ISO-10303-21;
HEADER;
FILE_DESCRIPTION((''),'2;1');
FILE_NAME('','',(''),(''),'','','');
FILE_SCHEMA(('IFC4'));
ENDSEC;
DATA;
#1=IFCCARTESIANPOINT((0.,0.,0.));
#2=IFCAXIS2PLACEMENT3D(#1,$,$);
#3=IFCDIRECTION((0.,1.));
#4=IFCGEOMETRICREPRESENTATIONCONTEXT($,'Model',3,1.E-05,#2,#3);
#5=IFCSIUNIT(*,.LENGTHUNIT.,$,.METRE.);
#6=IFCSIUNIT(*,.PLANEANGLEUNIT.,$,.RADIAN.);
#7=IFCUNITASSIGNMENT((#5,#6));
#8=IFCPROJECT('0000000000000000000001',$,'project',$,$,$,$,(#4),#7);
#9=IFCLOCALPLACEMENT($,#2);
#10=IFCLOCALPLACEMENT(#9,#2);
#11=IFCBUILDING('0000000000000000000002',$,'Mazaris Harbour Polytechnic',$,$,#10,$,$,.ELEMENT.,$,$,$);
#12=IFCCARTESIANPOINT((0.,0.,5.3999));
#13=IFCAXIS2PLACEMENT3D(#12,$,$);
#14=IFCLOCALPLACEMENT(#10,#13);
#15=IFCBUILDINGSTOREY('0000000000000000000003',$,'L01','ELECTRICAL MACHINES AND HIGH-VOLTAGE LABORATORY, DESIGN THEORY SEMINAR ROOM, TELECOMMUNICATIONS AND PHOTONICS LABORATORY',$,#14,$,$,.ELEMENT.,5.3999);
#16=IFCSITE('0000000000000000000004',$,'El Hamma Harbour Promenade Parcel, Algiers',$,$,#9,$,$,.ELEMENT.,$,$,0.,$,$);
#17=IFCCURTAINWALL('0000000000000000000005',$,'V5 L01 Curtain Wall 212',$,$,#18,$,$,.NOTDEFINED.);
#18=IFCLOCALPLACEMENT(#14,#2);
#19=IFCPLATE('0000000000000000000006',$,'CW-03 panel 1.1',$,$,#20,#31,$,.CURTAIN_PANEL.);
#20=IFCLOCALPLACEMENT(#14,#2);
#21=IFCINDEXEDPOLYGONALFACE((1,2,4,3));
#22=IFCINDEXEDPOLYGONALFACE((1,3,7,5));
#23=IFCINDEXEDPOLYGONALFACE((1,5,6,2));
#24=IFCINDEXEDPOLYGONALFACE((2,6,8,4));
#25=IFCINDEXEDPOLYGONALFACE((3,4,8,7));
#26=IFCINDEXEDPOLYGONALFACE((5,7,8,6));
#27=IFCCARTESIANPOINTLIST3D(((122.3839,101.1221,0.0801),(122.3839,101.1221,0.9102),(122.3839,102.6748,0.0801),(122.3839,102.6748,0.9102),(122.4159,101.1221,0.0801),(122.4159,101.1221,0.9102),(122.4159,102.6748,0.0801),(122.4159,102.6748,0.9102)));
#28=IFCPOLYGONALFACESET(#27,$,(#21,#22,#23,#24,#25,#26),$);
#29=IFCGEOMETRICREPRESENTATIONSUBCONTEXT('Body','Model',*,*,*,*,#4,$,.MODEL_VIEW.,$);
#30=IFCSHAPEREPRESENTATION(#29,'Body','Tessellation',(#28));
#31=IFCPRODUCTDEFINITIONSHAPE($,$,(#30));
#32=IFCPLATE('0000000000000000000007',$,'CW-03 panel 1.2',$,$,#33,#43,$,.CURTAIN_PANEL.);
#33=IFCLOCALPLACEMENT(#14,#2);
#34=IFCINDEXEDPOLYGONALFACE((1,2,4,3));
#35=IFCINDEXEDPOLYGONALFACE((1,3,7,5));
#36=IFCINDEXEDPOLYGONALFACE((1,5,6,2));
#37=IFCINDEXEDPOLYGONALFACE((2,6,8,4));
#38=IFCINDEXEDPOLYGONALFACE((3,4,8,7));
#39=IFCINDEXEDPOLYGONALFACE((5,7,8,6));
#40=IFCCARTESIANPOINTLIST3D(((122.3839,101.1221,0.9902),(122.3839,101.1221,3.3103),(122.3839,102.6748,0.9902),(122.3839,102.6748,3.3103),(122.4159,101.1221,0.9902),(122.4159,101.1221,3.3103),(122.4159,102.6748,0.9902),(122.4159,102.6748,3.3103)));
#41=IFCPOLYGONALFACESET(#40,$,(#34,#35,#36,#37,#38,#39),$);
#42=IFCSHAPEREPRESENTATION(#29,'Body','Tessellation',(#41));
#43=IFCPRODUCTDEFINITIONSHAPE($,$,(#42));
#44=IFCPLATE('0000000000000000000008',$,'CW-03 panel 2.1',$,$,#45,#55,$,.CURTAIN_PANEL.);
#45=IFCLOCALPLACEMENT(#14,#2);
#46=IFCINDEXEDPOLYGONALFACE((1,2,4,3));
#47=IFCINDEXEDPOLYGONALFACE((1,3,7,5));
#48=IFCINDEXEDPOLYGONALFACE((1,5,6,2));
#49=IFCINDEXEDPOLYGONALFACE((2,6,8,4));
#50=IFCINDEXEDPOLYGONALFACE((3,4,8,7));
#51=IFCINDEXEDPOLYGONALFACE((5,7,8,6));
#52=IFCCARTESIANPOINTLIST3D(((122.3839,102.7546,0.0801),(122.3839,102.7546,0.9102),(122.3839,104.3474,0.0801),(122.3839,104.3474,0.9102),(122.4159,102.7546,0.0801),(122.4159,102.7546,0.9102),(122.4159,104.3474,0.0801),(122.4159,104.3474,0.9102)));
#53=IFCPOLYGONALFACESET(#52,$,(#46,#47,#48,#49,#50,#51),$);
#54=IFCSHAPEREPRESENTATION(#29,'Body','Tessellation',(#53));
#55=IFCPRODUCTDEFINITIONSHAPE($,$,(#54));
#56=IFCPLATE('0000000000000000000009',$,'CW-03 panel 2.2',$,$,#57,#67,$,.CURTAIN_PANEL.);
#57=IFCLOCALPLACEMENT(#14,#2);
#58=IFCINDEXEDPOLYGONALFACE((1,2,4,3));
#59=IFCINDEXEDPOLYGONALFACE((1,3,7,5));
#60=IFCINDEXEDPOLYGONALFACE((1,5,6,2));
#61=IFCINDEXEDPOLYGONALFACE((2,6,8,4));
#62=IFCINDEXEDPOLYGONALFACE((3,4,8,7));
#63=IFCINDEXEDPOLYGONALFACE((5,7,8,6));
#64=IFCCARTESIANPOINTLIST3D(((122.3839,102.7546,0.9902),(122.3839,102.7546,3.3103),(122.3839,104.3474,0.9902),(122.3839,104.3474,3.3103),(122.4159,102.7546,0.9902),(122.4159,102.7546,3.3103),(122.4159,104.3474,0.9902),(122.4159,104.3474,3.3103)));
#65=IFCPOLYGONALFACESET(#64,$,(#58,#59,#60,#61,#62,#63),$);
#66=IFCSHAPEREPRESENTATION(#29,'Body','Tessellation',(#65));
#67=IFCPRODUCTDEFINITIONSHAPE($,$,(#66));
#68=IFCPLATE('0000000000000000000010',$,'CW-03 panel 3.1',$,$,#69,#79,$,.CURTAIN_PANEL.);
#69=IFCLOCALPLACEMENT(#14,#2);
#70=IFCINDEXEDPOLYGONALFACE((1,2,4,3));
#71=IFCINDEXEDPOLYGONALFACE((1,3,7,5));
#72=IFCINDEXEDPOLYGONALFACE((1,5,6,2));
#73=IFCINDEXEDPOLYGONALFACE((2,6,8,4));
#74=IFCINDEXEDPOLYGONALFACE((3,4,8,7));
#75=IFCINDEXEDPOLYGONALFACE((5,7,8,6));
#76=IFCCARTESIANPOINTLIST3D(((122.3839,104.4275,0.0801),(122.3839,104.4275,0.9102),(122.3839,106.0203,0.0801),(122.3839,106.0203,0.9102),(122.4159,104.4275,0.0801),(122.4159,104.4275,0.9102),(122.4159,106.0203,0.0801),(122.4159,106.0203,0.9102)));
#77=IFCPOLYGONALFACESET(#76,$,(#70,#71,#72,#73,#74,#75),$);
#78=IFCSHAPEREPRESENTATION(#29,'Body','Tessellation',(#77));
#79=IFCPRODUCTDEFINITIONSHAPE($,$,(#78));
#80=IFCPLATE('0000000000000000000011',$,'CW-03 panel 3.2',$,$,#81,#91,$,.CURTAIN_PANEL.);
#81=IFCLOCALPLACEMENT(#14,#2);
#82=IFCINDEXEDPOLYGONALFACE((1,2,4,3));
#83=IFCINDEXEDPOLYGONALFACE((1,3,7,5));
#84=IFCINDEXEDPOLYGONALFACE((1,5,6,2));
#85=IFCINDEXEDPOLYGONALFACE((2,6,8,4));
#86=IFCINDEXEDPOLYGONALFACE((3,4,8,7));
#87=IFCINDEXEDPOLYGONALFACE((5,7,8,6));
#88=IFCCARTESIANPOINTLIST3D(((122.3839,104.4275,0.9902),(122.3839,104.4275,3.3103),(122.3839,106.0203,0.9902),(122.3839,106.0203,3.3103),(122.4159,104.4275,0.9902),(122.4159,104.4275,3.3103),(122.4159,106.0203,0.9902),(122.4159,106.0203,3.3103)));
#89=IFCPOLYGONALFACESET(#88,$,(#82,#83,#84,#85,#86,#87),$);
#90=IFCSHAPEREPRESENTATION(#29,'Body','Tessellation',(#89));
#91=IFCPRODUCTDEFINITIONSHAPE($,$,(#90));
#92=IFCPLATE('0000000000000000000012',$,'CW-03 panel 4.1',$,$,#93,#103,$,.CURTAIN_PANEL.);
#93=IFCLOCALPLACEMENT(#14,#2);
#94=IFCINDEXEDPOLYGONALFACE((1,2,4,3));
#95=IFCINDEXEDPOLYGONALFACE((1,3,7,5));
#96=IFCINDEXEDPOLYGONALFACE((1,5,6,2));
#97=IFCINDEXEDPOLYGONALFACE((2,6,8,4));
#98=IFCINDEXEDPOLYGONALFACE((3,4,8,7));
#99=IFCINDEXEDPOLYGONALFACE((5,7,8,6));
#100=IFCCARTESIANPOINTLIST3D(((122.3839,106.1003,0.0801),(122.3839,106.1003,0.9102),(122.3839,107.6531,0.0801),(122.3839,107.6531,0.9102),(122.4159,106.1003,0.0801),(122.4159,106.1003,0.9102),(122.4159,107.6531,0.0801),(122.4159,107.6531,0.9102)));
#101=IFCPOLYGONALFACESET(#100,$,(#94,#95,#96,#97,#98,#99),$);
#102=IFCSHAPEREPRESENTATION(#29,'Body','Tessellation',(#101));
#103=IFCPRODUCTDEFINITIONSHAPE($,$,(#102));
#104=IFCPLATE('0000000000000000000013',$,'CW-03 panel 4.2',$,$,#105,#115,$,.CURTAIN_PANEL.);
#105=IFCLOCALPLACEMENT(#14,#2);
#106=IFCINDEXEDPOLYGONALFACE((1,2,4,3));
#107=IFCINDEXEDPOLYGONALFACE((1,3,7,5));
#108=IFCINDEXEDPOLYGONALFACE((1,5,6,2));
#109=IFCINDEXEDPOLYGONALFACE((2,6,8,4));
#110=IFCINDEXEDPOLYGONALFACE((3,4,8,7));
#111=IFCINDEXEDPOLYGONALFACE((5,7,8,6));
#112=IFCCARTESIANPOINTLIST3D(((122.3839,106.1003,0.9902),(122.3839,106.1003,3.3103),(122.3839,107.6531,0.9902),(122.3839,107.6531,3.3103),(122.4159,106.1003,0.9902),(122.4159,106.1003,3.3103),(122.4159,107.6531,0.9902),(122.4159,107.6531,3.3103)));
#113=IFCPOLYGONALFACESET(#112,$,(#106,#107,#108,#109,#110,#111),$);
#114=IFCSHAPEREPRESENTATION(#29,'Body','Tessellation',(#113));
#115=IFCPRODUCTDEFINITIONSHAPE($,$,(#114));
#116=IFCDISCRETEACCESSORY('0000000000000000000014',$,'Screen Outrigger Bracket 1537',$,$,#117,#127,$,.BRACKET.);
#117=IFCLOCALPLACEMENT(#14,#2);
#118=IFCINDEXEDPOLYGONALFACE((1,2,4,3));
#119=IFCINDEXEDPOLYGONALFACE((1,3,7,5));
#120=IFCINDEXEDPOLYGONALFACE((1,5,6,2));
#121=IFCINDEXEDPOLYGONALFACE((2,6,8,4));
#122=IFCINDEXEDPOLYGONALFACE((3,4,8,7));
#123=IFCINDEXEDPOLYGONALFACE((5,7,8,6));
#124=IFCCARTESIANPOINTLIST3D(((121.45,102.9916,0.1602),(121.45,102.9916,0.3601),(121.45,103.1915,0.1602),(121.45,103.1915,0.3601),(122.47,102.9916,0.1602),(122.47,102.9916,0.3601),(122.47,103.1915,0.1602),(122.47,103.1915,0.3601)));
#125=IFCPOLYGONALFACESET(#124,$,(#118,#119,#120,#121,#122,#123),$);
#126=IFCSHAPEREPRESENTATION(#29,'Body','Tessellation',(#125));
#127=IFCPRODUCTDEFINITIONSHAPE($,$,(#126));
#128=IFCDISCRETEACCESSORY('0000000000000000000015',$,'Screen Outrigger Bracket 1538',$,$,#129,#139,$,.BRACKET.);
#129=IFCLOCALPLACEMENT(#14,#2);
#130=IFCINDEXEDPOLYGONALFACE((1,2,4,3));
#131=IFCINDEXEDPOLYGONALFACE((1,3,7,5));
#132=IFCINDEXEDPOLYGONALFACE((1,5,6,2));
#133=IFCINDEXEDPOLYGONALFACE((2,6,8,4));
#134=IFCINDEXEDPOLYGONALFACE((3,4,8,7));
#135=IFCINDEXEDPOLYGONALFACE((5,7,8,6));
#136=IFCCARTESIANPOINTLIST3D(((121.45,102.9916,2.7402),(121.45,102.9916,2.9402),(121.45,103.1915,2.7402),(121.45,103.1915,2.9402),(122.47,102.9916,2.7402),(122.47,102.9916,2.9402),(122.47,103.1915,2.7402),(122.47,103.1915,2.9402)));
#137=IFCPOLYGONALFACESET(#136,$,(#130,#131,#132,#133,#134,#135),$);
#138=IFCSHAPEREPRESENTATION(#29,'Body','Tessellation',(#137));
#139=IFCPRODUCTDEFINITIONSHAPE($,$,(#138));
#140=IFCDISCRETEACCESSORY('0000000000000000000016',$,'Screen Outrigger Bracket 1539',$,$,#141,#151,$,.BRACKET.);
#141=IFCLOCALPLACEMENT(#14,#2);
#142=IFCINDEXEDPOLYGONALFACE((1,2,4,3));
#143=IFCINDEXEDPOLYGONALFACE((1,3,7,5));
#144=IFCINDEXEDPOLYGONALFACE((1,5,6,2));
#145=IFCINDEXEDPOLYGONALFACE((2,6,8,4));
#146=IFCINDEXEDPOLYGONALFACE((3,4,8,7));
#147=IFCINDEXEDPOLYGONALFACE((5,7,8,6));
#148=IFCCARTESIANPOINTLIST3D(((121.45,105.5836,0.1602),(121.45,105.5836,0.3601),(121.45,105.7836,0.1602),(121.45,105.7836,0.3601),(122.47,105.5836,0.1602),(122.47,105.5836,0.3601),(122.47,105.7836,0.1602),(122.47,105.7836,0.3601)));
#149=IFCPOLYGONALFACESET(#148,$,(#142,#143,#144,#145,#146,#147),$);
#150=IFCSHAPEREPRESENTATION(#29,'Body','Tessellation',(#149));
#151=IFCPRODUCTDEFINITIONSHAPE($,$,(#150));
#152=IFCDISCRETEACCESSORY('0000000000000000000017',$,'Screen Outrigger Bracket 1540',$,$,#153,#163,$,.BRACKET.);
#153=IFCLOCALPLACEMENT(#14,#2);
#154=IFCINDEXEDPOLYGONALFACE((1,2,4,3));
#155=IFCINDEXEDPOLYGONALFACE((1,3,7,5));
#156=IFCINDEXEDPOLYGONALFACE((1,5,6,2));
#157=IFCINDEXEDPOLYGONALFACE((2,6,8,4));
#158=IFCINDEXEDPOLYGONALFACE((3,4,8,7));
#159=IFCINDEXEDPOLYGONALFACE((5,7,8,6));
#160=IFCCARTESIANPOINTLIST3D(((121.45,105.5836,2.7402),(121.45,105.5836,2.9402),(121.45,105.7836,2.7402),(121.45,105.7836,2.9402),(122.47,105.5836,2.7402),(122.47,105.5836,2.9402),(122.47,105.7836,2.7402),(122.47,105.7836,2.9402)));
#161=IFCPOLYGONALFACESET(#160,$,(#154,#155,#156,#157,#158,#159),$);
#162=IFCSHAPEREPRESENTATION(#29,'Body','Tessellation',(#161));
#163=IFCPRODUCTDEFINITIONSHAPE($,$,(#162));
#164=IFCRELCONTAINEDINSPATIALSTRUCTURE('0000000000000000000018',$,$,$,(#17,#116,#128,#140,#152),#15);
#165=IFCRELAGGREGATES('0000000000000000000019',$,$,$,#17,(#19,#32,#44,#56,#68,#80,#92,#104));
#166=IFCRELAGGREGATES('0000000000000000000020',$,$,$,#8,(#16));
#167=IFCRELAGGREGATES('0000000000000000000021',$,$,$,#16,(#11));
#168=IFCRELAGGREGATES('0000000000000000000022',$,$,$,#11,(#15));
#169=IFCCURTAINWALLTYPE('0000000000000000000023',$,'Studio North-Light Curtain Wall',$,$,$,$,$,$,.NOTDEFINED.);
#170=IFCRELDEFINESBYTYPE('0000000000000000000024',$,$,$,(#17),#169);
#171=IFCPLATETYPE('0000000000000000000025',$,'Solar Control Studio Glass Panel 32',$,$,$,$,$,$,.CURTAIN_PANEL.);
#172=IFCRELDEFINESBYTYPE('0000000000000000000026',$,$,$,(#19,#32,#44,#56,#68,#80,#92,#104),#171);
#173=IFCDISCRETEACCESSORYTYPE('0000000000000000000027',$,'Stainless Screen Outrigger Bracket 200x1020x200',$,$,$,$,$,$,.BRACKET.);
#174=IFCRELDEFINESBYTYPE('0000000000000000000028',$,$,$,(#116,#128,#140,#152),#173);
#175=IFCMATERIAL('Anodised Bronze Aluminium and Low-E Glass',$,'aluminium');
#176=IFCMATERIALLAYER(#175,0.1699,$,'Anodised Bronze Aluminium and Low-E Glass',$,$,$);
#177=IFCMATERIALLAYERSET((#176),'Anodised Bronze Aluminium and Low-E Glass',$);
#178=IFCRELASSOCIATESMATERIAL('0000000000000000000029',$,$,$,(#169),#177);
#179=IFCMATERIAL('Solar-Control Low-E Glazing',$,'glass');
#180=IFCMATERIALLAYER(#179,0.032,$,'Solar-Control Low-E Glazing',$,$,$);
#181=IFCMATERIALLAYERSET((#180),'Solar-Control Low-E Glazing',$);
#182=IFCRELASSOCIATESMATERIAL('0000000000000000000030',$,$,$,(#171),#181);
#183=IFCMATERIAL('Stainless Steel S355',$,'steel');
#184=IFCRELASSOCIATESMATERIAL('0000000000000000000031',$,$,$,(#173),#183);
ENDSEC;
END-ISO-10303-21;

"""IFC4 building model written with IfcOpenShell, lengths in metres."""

from ifc_helpers import new_model, si_unit, direction, frame, origin, origin_2d, place, context, subcontext, project, spatial, rectangle, extrude, material, layer, layer_set, type_object, element, aggregate, save


model = new_model("IFC4")

# Units and contexts
model_context = context("Model", 3, precision=1e-05, world=origin(), true_north=direction((0.0, 1.0)))
body_context = subcontext(model_context, "Body", "Model", "MODEL_VIEW")
ifc_project = project(units=[si_unit("LENGTHUNIT", "METRE"), si_unit("PLANEANGLEUNIT", "RADIAN")], contexts=[model_context])

# Site, building, storey
site_placement = place(None, origin())
site = spatial("IfcSite", under=ifc_project, at=site_placement, Name="El Hamma Harbour Promenade Parcel, Algiers", CompositionType="ELEMENT", RefElevation=0.0)
building_placement = place(site_placement, origin())
building = spatial("IfcBuilding", under=site, at=building_placement, Name="Mazaris Harbour Polytechnic", CompositionType="ELEMENT")
storey_placement = place(building_placement, frame((0.0, 0.0, 5.3999)))
storey = spatial("IfcBuildingStorey", under=building, at=storey_placement, Name="L01", Description="ELECTRICAL MACHINES AND HIGH-VOLTAGE LABORATORY, DESIGN THEORY SEMINAR ROOM, TELECOMMUNICATIONS AND PHOTONICS LABORATORY", CompositionType="ELEMENT", Elevation=5.3999)

# Shared definitions
ifc_material_1 = material(Name="Anodised Bronze Aluminium and Low-E Glass", Category="aluminium")
ifc_layer_1 = layer(ifc_material_1, 0.1699, Name="Anodised Bronze Aluminium and Low-E Glass")
ifc_layer_set_1 = layer_set([ifc_layer_1], Name="Anodised Bronze Aluminium and Low-E Glass")
curtain_wall_type = type_object("IfcCurtainWallType", Name="Studio North-Light Curtain Wall", PredefinedType="NOTDEFINED", material=ifc_layer_set_1)

# Curtain wall
curtain_wall_1_placement = place(storey_placement, origin())
curtain_wall_1 = element("IfcCurtainWall", 1, at=curtain_wall_1_placement, inside=storey, type_object=curtain_wall_type, Name="V5 L01 Curtain Wall 212", PredefinedType="NOTDEFINED")

# Plates
ifc_material_2 = material(Name="Solar-Control Low-E Glazing", Category="glass")
ifc_layer_2 = layer(ifc_material_2, 0.032, Name="Solar-Control Low-E Glazing")
ifc_layer_set_2 = layer_set([ifc_layer_2], Name="Solar-Control Low-E Glazing")
plate_type_1 = type_object("IfcPlateType", Name="Solar Control Studio Glass Panel 32", PredefinedType="CURTAIN_PANEL", material=ifc_layer_set_2)
plate_1_placement = place(storey_placement, frame((122.3999, 101.8984, 0.0801), z_axis=(0.0, 0.0, 1.0), x_axis=(0.0, 1.0, 0.0)))
plate_1 = element("IfcPlate", 2, at=plate_1_placement, type_object=plate_type_1, Name="CW-03 panel 1.1", PredefinedType="CURTAIN_PANEL", context=body_context, shape_type="SweptSolid", body=[
    extrude(rectangle(XDim=1.5527, YDim=0.032, at=origin_2d()), origin(), (0.0, 0.0, 1.0), 0.8301),
])
plate_2_placement = place(storey_placement, frame((122.3999, 101.8984, 0.9902), z_axis=(0.0, 0.0, 1.0), x_axis=(0.0, 1.0, 0.0)))
plate_2 = element("IfcPlate", 3, at=plate_2_placement, type_object=plate_type_1, Name="CW-03 panel 1.2", PredefinedType="CURTAIN_PANEL", context=body_context, shape_type="SweptSolid", body=[
    extrude(rectangle(XDim=1.5527, YDim=0.032, at=origin_2d()), origin(), (0.0, 0.0, 1.0), 2.3201),
])
plate_3_placement = place(storey_placement, frame((122.3999, 103.551, 0.0801), z_axis=(0.0, 0.0, 1.0), x_axis=(0.0, 1.0, 0.0)))
plate_3 = element("IfcPlate", 4, at=plate_3_placement, type_object=plate_type_1, Name="CW-03 panel 2.1", PredefinedType="CURTAIN_PANEL", context=body_context, shape_type="SweptSolid", body=[
    extrude(rectangle(XDim=1.5928, YDim=0.032, at=origin_2d()), origin(), (0.0, 0.0, 1.0), 0.8301),
])
plate_4_placement = place(storey_placement, frame((122.3999, 103.551, 0.9902), z_axis=(0.0, 0.0, 1.0), x_axis=(0.0, 1.0, 0.0)))
plate_4 = element("IfcPlate", 5, at=plate_4_placement, type_object=plate_type_1, Name="CW-03 panel 2.2", PredefinedType="CURTAIN_PANEL", context=body_context, shape_type="SweptSolid", body=[
    extrude(rectangle(XDim=1.5928, YDim=0.032, at=origin_2d()), origin(), (0.0, 0.0, 1.0), 2.3201),
])
plate_5_placement = place(storey_placement, frame((122.3999, 105.2239, 0.0801), z_axis=(0.0, 0.0, 1.0), x_axis=(0.0, 1.0, 0.0)))
plate_5 = element("IfcPlate", 6, at=plate_5_placement, type_object=plate_type_1, Name="CW-03 panel 3.1", PredefinedType="CURTAIN_PANEL", context=body_context, shape_type="SweptSolid", body=[
    extrude(rectangle(XDim=1.5928, YDim=0.032, at=origin_2d()), origin(), (0.0, 0.0, 1.0), 0.8301),
])
plate_6_placement = place(storey_placement, frame((122.3999, 105.2239, 0.9902), z_axis=(0.0, 0.0, 1.0), x_axis=(0.0, 1.0, 0.0)))
plate_6 = element("IfcPlate", 7, at=plate_6_placement, type_object=plate_type_1, Name="CW-03 panel 3.2", PredefinedType="CURTAIN_PANEL", context=body_context, shape_type="SweptSolid", body=[
    extrude(rectangle(XDim=1.5928, YDim=0.032, at=origin_2d()), origin(), (0.0, 0.0, 1.0), 2.3201),
])
plate_7_placement = place(storey_placement, frame((122.3999, 106.8767, 0.0801), z_axis=(0.0, 0.0, 1.0), x_axis=(0.0, 1.0, 0.0)))
plate_7 = element("IfcPlate", 8, at=plate_7_placement, type_object=plate_type_1, Name="CW-03 panel 4.1", PredefinedType="CURTAIN_PANEL", context=body_context, shape_type="SweptSolid", body=[
    extrude(rectangle(XDim=1.5527, YDim=0.032, at=origin_2d()), origin(), (0.0, 0.0, 1.0), 0.8301),
])
plate_8_placement = place(storey_placement, frame((122.3999, 106.8767, 0.9902), z_axis=(0.0, 0.0, 1.0), x_axis=(0.0, 1.0, 0.0)))
plate_8 = element("IfcPlate", 9, at=plate_8_placement, type_object=plate_type_1, Name="CW-03 panel 4.2", PredefinedType="CURTAIN_PANEL", context=body_context, shape_type="SweptSolid", body=[
    extrude(rectangle(XDim=1.5527, YDim=0.032, at=origin_2d()), origin(), (0.0, 0.0, 1.0), 2.3201),
])
aggregate(curtain_wall_1, [plate_1, plate_2, plate_3, plate_4, plate_5, plate_6, plate_7, plate_8])

# Discrete accessories
ifc_material_3 = material(Name="Stainless Steel S355", Category="steel")
discrete_accessory_type = type_object("IfcDiscreteAccessoryType", Name="Stainless Screen Outrigger Bracket 200x1020x200", PredefinedType="BRACKET", material=ifc_material_3)
for number, where, z_axis, x_axis, name in (
    (10, (121.96, 103.0916, 0.1602), (0.0, 0.0, 1.0), (0.0, 1.0, 0.0), "Screen Outrigger Bracket 1537"),
    (11, (121.96, 103.0916, 2.7402), (0.0, 0.0, 1.0), (0.0, 1.0, 0.0), "Screen Outrigger Bracket 1538"),
    (12, (121.96, 105.6836, 0.1602), (0.0, 0.0, 1.0), (0.0, 1.0, 0.0), "Screen Outrigger Bracket 1539"),
    (13, (121.96, 105.6836, 2.7402), (0.0, 0.0, 1.0), (0.0, 1.0, 0.0), "Screen Outrigger Bracket 1540"),
):
    element("IfcDiscreteAccessory", number, at=place(storey_placement, frame(where, z_axis=z_axis, x_axis=x_axis)), inside=storey, type_object=discrete_accessory_type, Name=name, PredefinedType="BRACKET", context=body_context, shape_type="SweptSolid", body=[
        extrude(rectangle(XDim=0.2, YDim=1.02, at=origin_2d()), origin(), (0.0, 0.0, 1.0), 0.2),
    ])

save(model, "model.ifc")
